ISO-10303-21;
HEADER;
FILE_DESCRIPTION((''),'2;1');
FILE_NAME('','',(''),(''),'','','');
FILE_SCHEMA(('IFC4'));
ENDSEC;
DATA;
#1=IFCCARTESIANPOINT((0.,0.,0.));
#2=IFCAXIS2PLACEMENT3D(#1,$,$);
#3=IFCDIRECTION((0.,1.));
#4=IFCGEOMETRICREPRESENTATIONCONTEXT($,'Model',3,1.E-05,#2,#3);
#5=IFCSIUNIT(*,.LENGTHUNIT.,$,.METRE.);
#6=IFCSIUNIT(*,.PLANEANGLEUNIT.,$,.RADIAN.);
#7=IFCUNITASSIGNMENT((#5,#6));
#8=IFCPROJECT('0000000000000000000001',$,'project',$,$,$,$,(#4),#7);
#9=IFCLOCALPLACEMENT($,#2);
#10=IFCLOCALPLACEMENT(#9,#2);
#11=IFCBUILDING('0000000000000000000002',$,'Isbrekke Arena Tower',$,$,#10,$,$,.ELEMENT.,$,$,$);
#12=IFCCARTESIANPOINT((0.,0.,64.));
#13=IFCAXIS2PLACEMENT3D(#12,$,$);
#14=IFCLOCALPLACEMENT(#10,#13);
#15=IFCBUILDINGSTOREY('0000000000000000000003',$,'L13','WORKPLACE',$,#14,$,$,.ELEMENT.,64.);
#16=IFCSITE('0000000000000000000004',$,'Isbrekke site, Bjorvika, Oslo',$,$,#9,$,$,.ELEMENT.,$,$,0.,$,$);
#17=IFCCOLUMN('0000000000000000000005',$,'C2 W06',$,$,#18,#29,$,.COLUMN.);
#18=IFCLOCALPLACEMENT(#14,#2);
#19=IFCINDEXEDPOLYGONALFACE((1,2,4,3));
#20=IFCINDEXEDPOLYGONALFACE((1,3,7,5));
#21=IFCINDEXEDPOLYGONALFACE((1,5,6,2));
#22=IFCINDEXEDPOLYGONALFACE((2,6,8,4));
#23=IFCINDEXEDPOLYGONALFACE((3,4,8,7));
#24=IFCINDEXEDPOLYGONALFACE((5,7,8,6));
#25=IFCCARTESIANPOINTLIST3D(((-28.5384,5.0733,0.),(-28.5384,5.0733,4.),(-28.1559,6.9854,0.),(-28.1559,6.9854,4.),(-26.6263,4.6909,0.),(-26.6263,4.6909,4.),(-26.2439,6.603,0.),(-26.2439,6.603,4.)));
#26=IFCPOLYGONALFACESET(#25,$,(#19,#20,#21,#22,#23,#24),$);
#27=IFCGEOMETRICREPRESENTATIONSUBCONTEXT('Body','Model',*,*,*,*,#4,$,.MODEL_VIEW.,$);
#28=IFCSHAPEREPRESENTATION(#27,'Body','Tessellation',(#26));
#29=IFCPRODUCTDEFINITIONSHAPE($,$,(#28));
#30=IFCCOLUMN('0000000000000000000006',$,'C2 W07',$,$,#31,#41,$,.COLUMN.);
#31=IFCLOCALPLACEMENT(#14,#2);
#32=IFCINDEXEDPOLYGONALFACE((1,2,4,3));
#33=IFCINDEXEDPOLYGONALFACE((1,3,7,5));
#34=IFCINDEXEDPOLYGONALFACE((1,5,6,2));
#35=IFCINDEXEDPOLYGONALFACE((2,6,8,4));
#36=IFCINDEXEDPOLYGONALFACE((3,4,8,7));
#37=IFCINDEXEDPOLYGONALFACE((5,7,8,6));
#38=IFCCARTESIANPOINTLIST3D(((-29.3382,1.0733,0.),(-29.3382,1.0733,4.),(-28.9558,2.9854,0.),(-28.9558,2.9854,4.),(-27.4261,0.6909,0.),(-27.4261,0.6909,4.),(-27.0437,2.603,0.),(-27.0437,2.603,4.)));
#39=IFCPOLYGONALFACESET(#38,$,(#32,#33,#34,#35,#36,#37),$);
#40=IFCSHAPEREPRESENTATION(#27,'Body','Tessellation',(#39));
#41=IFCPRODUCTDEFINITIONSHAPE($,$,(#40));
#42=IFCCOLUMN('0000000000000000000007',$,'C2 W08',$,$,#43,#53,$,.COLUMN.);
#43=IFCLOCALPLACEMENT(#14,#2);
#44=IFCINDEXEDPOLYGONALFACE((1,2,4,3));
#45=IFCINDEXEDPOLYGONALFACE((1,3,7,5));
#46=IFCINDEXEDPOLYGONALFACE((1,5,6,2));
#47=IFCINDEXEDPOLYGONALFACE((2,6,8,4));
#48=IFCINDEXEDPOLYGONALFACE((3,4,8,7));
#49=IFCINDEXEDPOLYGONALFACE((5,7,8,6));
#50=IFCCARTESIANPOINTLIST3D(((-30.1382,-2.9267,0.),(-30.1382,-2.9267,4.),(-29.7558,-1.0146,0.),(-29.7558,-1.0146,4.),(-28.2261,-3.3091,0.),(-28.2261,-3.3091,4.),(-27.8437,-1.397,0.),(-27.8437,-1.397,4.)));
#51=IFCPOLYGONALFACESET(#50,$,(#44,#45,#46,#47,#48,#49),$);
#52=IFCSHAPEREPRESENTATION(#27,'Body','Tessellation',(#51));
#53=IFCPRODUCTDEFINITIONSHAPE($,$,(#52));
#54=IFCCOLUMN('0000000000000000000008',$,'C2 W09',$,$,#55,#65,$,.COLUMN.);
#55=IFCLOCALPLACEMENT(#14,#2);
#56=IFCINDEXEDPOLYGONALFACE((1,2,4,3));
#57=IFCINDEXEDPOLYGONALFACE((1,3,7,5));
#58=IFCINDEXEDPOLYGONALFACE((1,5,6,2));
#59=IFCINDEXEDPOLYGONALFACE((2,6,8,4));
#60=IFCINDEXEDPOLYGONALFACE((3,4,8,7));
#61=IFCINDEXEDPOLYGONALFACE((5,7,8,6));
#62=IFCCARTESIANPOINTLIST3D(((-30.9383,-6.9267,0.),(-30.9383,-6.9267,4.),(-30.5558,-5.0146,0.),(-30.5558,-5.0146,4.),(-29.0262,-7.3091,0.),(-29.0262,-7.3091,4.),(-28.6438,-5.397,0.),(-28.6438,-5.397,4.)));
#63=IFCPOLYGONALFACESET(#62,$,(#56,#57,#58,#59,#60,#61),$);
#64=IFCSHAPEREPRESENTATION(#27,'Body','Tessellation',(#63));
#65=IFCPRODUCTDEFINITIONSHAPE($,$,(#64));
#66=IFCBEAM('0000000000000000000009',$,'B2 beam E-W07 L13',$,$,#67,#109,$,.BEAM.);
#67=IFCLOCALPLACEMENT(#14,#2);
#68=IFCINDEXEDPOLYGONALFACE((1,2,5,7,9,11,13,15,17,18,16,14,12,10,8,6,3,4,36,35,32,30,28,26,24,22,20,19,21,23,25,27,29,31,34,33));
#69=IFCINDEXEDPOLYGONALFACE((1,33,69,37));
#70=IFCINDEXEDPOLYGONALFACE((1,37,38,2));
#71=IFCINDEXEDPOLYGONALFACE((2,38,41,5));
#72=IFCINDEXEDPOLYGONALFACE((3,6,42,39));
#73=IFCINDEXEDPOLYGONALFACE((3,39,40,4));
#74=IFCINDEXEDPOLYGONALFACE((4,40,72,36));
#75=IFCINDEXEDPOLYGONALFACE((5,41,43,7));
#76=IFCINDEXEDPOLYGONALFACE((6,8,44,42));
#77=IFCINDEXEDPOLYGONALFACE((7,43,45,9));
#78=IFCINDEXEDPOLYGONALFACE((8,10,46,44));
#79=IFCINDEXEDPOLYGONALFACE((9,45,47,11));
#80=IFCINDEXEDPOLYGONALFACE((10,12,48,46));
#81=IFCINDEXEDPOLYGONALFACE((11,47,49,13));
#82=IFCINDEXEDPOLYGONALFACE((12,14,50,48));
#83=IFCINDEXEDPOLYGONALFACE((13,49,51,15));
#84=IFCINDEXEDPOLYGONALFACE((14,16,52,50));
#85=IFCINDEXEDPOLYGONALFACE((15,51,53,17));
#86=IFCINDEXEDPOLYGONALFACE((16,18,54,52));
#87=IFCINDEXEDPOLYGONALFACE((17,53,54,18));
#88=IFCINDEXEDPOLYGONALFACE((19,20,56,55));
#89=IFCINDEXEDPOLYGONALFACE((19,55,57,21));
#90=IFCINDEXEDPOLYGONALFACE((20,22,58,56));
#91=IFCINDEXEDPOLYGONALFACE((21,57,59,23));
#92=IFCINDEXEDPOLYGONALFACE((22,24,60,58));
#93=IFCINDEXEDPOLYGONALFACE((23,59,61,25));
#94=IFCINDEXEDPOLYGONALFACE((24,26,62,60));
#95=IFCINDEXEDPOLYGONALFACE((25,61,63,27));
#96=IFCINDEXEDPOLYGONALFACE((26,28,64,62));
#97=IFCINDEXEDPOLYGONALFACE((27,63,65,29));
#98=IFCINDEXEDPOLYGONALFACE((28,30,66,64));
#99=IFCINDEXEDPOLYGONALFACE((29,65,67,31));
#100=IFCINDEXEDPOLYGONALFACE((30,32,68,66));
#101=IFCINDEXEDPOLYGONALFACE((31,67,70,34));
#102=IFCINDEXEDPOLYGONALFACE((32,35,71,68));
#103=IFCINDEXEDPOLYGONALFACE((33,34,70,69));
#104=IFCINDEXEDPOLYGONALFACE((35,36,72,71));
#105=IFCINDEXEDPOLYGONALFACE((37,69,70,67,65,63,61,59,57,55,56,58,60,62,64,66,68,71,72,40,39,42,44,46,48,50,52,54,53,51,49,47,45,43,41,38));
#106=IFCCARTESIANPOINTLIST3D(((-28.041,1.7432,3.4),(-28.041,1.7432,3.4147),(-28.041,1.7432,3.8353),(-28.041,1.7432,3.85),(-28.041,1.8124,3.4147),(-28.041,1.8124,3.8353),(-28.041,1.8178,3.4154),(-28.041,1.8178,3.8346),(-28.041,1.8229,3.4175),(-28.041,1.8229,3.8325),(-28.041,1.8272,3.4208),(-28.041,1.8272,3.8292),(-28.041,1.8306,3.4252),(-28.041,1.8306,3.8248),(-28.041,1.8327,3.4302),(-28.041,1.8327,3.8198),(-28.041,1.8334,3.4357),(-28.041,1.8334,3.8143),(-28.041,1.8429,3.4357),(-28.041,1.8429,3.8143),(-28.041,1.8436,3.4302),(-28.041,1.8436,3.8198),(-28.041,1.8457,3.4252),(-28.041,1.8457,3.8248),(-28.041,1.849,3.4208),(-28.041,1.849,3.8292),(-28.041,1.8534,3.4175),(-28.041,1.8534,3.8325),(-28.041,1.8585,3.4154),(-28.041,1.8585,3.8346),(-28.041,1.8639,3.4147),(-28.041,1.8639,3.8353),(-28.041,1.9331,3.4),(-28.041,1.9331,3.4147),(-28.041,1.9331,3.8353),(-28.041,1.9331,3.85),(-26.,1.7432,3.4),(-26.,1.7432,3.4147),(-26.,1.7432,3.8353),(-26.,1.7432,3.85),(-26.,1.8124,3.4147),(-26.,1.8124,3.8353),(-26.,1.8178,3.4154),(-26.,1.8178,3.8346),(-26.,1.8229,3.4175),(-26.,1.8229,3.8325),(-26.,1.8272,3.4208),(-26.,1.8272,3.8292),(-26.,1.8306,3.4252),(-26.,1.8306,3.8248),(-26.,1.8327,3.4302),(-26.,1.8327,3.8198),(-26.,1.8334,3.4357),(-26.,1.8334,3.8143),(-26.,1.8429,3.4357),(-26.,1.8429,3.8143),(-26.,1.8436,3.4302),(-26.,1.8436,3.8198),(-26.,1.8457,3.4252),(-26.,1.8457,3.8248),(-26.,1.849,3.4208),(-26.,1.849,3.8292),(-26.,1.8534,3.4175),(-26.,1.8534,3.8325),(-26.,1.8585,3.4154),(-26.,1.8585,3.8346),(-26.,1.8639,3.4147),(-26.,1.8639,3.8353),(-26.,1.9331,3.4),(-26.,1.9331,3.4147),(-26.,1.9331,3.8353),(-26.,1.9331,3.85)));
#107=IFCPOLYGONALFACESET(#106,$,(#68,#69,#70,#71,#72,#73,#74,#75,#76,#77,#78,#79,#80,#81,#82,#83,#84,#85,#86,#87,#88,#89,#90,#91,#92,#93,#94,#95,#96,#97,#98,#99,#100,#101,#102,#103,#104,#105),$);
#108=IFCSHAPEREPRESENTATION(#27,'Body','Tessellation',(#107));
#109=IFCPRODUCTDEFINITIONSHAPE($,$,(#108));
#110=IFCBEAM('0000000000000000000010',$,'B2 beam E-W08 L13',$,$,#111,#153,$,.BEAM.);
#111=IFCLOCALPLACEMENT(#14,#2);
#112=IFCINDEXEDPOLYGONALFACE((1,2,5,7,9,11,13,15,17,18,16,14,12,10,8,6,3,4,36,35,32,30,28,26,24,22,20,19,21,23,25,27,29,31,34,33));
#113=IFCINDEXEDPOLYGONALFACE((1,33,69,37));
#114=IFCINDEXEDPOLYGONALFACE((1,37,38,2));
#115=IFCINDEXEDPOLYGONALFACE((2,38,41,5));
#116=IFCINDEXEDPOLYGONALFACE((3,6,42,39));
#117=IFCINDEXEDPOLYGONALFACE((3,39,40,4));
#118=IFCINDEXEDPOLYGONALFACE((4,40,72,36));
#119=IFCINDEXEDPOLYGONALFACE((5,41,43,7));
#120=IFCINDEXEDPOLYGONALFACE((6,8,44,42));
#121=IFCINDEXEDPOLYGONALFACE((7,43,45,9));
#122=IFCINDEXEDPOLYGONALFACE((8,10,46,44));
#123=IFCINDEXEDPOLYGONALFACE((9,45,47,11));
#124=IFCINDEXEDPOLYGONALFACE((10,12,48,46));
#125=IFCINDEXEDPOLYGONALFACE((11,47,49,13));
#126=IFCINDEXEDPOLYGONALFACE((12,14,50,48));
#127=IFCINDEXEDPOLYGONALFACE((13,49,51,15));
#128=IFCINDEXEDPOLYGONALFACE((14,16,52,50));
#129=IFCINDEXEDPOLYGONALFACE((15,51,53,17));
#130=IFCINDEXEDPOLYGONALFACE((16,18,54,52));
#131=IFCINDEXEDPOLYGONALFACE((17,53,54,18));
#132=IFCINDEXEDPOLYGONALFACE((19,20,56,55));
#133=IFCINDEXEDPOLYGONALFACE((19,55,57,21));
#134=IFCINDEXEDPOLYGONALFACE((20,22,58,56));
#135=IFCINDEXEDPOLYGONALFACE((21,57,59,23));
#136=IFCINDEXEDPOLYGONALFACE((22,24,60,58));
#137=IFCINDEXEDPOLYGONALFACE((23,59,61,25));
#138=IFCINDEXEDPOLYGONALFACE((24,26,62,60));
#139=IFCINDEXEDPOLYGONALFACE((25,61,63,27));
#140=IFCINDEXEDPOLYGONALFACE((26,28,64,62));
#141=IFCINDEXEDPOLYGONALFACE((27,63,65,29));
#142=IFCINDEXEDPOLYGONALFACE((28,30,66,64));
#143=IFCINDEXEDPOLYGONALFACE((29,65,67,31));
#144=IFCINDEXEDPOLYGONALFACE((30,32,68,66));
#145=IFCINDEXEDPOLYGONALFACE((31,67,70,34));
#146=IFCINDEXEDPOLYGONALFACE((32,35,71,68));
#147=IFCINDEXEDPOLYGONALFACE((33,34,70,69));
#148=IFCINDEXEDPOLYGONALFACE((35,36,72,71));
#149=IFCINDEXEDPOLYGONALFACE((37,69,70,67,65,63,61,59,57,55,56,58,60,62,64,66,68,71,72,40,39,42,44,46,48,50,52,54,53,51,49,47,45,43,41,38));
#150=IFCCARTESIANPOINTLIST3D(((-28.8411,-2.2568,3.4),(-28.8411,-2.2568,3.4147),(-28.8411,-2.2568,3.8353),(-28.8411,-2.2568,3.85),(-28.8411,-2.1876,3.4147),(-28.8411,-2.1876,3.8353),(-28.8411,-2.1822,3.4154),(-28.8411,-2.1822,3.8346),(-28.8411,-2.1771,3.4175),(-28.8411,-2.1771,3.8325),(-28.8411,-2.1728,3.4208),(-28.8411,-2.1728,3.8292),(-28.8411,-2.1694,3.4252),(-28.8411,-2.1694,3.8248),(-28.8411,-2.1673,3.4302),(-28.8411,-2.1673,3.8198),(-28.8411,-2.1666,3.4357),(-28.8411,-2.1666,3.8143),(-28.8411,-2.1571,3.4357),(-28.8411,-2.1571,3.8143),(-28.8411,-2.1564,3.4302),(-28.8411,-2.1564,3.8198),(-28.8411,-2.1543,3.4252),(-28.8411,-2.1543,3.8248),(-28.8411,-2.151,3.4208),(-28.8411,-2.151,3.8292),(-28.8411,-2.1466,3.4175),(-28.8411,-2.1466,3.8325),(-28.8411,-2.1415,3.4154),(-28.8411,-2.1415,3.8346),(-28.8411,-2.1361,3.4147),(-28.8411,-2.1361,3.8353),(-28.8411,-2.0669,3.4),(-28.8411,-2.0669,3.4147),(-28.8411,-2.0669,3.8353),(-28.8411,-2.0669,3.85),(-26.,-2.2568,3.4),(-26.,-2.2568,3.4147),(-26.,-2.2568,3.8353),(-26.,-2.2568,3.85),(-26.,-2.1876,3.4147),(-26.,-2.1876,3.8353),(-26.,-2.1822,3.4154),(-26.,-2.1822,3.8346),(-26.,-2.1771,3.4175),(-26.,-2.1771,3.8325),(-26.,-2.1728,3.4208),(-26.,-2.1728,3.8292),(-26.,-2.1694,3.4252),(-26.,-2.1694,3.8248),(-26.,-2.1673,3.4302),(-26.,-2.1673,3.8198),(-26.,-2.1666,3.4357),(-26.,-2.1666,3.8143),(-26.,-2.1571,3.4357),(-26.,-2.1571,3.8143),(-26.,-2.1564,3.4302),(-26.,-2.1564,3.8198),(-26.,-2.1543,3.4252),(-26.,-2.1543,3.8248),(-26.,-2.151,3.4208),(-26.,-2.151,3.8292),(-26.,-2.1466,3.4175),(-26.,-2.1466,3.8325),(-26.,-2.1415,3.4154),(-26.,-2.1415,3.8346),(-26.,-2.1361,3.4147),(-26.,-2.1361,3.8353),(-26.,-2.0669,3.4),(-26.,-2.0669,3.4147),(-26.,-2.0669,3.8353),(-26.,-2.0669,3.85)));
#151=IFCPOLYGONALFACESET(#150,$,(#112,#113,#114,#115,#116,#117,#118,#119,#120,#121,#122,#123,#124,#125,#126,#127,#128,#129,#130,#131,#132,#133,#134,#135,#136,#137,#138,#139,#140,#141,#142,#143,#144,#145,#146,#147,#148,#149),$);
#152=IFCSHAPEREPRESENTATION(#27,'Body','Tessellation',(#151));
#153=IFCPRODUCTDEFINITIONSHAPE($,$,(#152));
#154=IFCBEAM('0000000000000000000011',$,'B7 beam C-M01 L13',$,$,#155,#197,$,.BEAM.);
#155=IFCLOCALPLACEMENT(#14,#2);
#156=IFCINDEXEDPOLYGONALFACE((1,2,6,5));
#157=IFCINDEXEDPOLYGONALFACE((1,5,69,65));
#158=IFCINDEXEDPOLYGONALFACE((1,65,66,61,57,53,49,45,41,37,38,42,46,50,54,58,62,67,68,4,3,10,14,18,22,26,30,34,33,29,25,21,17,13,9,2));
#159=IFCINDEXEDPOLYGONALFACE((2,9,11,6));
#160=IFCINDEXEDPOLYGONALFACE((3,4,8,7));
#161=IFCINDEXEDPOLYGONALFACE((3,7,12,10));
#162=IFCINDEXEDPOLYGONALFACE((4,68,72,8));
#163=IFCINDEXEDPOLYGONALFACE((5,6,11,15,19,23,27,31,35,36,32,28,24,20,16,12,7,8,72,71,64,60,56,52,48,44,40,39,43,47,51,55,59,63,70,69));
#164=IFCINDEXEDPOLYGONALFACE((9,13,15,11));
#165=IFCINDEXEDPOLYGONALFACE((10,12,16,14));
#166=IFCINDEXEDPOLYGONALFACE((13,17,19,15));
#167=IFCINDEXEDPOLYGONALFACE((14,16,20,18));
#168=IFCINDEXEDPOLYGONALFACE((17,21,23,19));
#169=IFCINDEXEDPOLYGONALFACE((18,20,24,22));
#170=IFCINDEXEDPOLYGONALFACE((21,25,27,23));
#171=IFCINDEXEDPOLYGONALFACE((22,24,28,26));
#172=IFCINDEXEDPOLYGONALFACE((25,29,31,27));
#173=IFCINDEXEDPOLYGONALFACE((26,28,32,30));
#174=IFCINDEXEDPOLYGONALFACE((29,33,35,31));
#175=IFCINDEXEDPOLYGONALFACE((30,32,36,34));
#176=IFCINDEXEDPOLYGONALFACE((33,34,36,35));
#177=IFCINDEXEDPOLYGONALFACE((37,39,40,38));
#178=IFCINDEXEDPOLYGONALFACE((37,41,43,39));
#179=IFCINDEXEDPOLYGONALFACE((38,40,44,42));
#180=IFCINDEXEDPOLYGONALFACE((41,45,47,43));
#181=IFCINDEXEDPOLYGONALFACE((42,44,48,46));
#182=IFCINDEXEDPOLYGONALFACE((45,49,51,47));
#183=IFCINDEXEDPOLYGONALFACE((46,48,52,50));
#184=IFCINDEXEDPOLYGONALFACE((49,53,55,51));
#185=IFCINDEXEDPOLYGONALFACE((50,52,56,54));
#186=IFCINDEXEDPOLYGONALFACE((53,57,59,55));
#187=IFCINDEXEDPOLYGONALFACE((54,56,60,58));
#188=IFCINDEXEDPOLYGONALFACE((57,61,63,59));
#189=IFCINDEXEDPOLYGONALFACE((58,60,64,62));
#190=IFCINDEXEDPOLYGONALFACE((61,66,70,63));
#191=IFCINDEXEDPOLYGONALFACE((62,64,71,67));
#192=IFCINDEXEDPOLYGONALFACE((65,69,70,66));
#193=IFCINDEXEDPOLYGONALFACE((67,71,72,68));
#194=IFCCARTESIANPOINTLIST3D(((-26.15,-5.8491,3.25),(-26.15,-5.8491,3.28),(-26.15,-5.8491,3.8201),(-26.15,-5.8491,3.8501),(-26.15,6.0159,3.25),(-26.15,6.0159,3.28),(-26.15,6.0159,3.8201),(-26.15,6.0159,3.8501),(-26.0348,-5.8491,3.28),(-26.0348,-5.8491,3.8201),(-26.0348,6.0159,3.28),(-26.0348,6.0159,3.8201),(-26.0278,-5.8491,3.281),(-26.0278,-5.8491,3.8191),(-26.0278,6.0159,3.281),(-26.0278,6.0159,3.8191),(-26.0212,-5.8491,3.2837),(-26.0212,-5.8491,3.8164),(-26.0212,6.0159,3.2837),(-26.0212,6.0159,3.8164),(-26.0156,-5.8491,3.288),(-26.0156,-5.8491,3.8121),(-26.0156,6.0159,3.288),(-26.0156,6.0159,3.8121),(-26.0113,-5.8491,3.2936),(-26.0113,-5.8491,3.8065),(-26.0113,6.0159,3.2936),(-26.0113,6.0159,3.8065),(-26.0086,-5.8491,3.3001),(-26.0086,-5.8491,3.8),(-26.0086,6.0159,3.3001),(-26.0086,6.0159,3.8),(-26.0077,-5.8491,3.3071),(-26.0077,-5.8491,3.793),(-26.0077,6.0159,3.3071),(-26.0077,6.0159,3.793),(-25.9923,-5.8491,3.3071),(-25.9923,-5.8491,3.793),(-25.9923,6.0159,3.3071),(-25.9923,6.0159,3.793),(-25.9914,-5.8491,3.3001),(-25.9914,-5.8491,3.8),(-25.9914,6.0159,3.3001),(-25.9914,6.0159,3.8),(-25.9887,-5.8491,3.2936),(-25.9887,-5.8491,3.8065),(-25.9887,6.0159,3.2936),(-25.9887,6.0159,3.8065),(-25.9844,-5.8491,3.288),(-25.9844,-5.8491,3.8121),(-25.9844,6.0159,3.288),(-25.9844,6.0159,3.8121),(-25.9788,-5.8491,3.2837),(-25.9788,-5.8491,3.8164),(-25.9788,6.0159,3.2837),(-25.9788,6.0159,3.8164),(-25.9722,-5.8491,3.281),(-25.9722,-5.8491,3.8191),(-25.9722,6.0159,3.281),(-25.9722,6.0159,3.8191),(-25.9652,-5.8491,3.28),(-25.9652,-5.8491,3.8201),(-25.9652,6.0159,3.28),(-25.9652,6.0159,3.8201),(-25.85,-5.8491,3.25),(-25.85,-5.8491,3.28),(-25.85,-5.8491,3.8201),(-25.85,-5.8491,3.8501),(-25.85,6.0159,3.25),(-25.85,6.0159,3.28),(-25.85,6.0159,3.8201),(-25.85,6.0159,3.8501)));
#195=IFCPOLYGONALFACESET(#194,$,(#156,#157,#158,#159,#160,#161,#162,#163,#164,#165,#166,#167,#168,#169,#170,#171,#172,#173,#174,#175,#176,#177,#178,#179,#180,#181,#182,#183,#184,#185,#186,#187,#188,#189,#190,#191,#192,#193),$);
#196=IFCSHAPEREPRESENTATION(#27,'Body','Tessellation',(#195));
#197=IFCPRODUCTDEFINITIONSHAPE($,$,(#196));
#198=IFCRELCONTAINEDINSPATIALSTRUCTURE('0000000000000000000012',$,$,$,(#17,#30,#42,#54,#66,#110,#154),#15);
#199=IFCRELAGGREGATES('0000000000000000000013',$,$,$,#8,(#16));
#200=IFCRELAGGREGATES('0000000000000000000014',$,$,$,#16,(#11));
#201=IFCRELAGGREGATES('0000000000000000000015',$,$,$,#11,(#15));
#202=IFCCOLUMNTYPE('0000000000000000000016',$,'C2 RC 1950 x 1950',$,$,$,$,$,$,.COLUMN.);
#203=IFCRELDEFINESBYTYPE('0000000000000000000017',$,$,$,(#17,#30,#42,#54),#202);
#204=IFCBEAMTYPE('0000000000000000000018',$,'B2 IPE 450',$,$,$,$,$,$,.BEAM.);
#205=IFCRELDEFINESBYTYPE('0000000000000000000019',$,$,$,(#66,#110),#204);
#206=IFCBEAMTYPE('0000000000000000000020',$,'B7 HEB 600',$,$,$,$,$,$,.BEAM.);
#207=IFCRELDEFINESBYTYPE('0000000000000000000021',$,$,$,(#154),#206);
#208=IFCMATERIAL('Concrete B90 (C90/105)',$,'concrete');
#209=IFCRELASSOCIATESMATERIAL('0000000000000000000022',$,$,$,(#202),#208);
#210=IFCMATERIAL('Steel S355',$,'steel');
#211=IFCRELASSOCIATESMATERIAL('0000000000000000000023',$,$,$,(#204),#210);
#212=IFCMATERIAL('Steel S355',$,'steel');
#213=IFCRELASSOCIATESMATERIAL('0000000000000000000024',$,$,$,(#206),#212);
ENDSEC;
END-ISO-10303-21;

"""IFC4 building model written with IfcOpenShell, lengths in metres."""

from ifc_helpers import new_model, si_unit, direction, frame, origin, origin_2d, place, context, subcontext, project, spatial, rectangle, i_section, extrude, material, material_profile, profile_set, type_object, element, save


model = new_model("IFC4")

# Units and contexts
model_context = context("Model", 3, precision=1e-05, world=origin(), true_north=direction((0.0, 1.0)))
body_context = subcontext(model_context, "Body", "Model", "MODEL_VIEW")
ifc_project = project(units=[si_unit("LENGTHUNIT", "METRE"), si_unit("PLANEANGLEUNIT", "RADIAN")], contexts=[model_context])

# Site, building, storey
site_placement = place(None, origin())
site = spatial("IfcSite", under=ifc_project, at=site_placement, Name="Isbrekke site, Bjorvika, Oslo", CompositionType="ELEMENT", RefElevation=0.0)
building_placement = place(site_placement, origin())
building = spatial("IfcBuilding", under=site, at=building_placement, Name="Isbrekke Arena Tower", CompositionType="ELEMENT")
storey_placement = place(building_placement, frame((0.0, 0.0, 64.0)))
storey = spatial("IfcBuildingStorey", under=building, at=storey_placement, Name="L13", Description="WORKPLACE", CompositionType="ELEMENT", Elevation=64.0)

# Columns
ifc_material_1 = material(Name="Concrete B90 (C90/105)", Category="concrete")
ifc_material_profile_1 = material_profile(ifc_material_1, rectangle(XDim=1.95, YDim=1.95, at=origin_2d()), Name="RC 1950x1950")
ifc_profile_set_1 = profile_set([ifc_material_profile_1], Name="Concrete B90 (C90/105)")
column_type = type_object("IfcColumnType", Name="C2 RC 1950 x 1950", PredefinedType="COLUMN", material=ifc_profile_set_1)
for number, where, z_axis, x_axis, name in (
    (1, (-27.3911, 5.8381, 0.0), (0.0, 0.0, 1.0), (-0.196116, -0.980581, 0.0), "C2 W06"),
    (2, (-28.1909, 1.8381, 0.0), (0.0, 0.0, 1.0), (-0.196116, -0.980581, 0.0), "C2 W07"),
    (3, (-28.991, -2.1619, 0.0), (0.0, 0.0, 1.0), (-0.196116, -0.980581, 0.0), "C2 W08"),
    (4, (-29.791, -6.1619, 0.0), (0.0, 0.0, 1.0), (-0.196116, -0.980581, 0.0), "C2 W09"),
):
    element("IfcColumn", number, at=place(storey_placement, frame(where, z_axis=z_axis, x_axis=x_axis)), inside=storey, type_object=column_type, Name=name, PredefinedType="COLUMN", context=body_context, shape_type="SweptSolid", body=[
        extrude(rectangle(XDim=1.95, YDim=1.95, at=origin_2d()), origin(), (0.0, 0.0, 1.0), 4.0),
    ])

# Beams
ifc_material_2 = material(Name="Steel S355", Category="steel")
ifc_material_profile_2 = material_profile(ifc_material_2, i_section(OverallWidth=0.1899, OverallDepth=0.45, WebThickness=0.0095, FlangeThickness=0.0146, FilletRadius=0.021, at=origin_2d()), Name="IPE 450")
ifc_profile_set_2 = profile_set([ifc_material_profile_2], Name="Steel S355")
beam_type_1 = type_object("IfcBeamType", Name="B2 IPE 450", PredefinedType="BEAM", material=ifc_profile_set_2)
beam_1_placement = place(storey_placement, frame((-28.041, 1.8381, 3.625), z_axis=(1.0, 0.0, 0.0), x_axis=(0.0, 1.0, 0.0)))
element("IfcBeam", 5, at=beam_1_placement, inside=storey, type_object=beam_type_1, Name="B2 beam E-W07 L13", PredefinedType="BEAM", context=body_context, shape_type="SweptSolid", body=[
    extrude(i_section(OverallWidth=0.1899, OverallDepth=0.45, WebThickness=0.0095, FlangeThickness=0.0146, FilletRadius=0.021, at=origin_2d()), origin(), (0.0, 0.0, 1.0), 2.041),
])
beam_2_placement = place(storey_placement, frame((-28.8411, -2.1619, 3.625), z_axis=(1.0, 0.0, 0.0), x_axis=(0.0, 1.0, 0.0)))
element("IfcBeam", 6, at=beam_2_placement, inside=storey, type_object=beam_type_1, Name="B2 beam E-W08 L13", PredefinedType="BEAM", context=body_context, shape_type="SweptSolid", body=[
    extrude(i_section(OverallWidth=0.1899, OverallDepth=0.45, WebThickness=0.0095, FlangeThickness=0.0146, FilletRadius=0.021, at=origin_2d()), origin(), (0.0, 0.0, 1.0), 2.8411),
])
ifc_material_3 = material(Name="Steel S355", Category="steel")
ifc_material_profile_3 = material_profile(ifc_material_3, i_section(OverallWidth=0.3, OverallDepth=0.6001, WebThickness=0.0154, FlangeThickness=0.03, FilletRadius=0.0271, at=origin_2d()), Name="HEB 600")
ifc_profile_set_3 = profile_set([ifc_material_profile_3], Name="Steel S355")
beam_type_2 = type_object("IfcBeamType", Name="B7 HEB 600", PredefinedType="BEAM", material=ifc_profile_set_3)
beam_3_placement = place(storey_placement, frame((-26.0, -5.8491, 3.55), z_axis=(0.0, 1.0, 0.0), x_axis=(-1.0, 0.0, 0.0)))
element("IfcBeam", 7, at=beam_3_placement, inside=storey, type_object=beam_type_2, Name="B7 beam C-M01 L13", PredefinedType="BEAM", context=body_context, shape_type="SweptSolid", body=[
    extrude(i_section(OverallWidth=0.3, OverallDepth=0.6001, WebThickness=0.0154, FlangeThickness=0.03, FilletRadius=0.0271, at=origin_2d()), origin(), (0.0, 0.0, 1.0), 11.865),
])

save(model, "model.ifc")
